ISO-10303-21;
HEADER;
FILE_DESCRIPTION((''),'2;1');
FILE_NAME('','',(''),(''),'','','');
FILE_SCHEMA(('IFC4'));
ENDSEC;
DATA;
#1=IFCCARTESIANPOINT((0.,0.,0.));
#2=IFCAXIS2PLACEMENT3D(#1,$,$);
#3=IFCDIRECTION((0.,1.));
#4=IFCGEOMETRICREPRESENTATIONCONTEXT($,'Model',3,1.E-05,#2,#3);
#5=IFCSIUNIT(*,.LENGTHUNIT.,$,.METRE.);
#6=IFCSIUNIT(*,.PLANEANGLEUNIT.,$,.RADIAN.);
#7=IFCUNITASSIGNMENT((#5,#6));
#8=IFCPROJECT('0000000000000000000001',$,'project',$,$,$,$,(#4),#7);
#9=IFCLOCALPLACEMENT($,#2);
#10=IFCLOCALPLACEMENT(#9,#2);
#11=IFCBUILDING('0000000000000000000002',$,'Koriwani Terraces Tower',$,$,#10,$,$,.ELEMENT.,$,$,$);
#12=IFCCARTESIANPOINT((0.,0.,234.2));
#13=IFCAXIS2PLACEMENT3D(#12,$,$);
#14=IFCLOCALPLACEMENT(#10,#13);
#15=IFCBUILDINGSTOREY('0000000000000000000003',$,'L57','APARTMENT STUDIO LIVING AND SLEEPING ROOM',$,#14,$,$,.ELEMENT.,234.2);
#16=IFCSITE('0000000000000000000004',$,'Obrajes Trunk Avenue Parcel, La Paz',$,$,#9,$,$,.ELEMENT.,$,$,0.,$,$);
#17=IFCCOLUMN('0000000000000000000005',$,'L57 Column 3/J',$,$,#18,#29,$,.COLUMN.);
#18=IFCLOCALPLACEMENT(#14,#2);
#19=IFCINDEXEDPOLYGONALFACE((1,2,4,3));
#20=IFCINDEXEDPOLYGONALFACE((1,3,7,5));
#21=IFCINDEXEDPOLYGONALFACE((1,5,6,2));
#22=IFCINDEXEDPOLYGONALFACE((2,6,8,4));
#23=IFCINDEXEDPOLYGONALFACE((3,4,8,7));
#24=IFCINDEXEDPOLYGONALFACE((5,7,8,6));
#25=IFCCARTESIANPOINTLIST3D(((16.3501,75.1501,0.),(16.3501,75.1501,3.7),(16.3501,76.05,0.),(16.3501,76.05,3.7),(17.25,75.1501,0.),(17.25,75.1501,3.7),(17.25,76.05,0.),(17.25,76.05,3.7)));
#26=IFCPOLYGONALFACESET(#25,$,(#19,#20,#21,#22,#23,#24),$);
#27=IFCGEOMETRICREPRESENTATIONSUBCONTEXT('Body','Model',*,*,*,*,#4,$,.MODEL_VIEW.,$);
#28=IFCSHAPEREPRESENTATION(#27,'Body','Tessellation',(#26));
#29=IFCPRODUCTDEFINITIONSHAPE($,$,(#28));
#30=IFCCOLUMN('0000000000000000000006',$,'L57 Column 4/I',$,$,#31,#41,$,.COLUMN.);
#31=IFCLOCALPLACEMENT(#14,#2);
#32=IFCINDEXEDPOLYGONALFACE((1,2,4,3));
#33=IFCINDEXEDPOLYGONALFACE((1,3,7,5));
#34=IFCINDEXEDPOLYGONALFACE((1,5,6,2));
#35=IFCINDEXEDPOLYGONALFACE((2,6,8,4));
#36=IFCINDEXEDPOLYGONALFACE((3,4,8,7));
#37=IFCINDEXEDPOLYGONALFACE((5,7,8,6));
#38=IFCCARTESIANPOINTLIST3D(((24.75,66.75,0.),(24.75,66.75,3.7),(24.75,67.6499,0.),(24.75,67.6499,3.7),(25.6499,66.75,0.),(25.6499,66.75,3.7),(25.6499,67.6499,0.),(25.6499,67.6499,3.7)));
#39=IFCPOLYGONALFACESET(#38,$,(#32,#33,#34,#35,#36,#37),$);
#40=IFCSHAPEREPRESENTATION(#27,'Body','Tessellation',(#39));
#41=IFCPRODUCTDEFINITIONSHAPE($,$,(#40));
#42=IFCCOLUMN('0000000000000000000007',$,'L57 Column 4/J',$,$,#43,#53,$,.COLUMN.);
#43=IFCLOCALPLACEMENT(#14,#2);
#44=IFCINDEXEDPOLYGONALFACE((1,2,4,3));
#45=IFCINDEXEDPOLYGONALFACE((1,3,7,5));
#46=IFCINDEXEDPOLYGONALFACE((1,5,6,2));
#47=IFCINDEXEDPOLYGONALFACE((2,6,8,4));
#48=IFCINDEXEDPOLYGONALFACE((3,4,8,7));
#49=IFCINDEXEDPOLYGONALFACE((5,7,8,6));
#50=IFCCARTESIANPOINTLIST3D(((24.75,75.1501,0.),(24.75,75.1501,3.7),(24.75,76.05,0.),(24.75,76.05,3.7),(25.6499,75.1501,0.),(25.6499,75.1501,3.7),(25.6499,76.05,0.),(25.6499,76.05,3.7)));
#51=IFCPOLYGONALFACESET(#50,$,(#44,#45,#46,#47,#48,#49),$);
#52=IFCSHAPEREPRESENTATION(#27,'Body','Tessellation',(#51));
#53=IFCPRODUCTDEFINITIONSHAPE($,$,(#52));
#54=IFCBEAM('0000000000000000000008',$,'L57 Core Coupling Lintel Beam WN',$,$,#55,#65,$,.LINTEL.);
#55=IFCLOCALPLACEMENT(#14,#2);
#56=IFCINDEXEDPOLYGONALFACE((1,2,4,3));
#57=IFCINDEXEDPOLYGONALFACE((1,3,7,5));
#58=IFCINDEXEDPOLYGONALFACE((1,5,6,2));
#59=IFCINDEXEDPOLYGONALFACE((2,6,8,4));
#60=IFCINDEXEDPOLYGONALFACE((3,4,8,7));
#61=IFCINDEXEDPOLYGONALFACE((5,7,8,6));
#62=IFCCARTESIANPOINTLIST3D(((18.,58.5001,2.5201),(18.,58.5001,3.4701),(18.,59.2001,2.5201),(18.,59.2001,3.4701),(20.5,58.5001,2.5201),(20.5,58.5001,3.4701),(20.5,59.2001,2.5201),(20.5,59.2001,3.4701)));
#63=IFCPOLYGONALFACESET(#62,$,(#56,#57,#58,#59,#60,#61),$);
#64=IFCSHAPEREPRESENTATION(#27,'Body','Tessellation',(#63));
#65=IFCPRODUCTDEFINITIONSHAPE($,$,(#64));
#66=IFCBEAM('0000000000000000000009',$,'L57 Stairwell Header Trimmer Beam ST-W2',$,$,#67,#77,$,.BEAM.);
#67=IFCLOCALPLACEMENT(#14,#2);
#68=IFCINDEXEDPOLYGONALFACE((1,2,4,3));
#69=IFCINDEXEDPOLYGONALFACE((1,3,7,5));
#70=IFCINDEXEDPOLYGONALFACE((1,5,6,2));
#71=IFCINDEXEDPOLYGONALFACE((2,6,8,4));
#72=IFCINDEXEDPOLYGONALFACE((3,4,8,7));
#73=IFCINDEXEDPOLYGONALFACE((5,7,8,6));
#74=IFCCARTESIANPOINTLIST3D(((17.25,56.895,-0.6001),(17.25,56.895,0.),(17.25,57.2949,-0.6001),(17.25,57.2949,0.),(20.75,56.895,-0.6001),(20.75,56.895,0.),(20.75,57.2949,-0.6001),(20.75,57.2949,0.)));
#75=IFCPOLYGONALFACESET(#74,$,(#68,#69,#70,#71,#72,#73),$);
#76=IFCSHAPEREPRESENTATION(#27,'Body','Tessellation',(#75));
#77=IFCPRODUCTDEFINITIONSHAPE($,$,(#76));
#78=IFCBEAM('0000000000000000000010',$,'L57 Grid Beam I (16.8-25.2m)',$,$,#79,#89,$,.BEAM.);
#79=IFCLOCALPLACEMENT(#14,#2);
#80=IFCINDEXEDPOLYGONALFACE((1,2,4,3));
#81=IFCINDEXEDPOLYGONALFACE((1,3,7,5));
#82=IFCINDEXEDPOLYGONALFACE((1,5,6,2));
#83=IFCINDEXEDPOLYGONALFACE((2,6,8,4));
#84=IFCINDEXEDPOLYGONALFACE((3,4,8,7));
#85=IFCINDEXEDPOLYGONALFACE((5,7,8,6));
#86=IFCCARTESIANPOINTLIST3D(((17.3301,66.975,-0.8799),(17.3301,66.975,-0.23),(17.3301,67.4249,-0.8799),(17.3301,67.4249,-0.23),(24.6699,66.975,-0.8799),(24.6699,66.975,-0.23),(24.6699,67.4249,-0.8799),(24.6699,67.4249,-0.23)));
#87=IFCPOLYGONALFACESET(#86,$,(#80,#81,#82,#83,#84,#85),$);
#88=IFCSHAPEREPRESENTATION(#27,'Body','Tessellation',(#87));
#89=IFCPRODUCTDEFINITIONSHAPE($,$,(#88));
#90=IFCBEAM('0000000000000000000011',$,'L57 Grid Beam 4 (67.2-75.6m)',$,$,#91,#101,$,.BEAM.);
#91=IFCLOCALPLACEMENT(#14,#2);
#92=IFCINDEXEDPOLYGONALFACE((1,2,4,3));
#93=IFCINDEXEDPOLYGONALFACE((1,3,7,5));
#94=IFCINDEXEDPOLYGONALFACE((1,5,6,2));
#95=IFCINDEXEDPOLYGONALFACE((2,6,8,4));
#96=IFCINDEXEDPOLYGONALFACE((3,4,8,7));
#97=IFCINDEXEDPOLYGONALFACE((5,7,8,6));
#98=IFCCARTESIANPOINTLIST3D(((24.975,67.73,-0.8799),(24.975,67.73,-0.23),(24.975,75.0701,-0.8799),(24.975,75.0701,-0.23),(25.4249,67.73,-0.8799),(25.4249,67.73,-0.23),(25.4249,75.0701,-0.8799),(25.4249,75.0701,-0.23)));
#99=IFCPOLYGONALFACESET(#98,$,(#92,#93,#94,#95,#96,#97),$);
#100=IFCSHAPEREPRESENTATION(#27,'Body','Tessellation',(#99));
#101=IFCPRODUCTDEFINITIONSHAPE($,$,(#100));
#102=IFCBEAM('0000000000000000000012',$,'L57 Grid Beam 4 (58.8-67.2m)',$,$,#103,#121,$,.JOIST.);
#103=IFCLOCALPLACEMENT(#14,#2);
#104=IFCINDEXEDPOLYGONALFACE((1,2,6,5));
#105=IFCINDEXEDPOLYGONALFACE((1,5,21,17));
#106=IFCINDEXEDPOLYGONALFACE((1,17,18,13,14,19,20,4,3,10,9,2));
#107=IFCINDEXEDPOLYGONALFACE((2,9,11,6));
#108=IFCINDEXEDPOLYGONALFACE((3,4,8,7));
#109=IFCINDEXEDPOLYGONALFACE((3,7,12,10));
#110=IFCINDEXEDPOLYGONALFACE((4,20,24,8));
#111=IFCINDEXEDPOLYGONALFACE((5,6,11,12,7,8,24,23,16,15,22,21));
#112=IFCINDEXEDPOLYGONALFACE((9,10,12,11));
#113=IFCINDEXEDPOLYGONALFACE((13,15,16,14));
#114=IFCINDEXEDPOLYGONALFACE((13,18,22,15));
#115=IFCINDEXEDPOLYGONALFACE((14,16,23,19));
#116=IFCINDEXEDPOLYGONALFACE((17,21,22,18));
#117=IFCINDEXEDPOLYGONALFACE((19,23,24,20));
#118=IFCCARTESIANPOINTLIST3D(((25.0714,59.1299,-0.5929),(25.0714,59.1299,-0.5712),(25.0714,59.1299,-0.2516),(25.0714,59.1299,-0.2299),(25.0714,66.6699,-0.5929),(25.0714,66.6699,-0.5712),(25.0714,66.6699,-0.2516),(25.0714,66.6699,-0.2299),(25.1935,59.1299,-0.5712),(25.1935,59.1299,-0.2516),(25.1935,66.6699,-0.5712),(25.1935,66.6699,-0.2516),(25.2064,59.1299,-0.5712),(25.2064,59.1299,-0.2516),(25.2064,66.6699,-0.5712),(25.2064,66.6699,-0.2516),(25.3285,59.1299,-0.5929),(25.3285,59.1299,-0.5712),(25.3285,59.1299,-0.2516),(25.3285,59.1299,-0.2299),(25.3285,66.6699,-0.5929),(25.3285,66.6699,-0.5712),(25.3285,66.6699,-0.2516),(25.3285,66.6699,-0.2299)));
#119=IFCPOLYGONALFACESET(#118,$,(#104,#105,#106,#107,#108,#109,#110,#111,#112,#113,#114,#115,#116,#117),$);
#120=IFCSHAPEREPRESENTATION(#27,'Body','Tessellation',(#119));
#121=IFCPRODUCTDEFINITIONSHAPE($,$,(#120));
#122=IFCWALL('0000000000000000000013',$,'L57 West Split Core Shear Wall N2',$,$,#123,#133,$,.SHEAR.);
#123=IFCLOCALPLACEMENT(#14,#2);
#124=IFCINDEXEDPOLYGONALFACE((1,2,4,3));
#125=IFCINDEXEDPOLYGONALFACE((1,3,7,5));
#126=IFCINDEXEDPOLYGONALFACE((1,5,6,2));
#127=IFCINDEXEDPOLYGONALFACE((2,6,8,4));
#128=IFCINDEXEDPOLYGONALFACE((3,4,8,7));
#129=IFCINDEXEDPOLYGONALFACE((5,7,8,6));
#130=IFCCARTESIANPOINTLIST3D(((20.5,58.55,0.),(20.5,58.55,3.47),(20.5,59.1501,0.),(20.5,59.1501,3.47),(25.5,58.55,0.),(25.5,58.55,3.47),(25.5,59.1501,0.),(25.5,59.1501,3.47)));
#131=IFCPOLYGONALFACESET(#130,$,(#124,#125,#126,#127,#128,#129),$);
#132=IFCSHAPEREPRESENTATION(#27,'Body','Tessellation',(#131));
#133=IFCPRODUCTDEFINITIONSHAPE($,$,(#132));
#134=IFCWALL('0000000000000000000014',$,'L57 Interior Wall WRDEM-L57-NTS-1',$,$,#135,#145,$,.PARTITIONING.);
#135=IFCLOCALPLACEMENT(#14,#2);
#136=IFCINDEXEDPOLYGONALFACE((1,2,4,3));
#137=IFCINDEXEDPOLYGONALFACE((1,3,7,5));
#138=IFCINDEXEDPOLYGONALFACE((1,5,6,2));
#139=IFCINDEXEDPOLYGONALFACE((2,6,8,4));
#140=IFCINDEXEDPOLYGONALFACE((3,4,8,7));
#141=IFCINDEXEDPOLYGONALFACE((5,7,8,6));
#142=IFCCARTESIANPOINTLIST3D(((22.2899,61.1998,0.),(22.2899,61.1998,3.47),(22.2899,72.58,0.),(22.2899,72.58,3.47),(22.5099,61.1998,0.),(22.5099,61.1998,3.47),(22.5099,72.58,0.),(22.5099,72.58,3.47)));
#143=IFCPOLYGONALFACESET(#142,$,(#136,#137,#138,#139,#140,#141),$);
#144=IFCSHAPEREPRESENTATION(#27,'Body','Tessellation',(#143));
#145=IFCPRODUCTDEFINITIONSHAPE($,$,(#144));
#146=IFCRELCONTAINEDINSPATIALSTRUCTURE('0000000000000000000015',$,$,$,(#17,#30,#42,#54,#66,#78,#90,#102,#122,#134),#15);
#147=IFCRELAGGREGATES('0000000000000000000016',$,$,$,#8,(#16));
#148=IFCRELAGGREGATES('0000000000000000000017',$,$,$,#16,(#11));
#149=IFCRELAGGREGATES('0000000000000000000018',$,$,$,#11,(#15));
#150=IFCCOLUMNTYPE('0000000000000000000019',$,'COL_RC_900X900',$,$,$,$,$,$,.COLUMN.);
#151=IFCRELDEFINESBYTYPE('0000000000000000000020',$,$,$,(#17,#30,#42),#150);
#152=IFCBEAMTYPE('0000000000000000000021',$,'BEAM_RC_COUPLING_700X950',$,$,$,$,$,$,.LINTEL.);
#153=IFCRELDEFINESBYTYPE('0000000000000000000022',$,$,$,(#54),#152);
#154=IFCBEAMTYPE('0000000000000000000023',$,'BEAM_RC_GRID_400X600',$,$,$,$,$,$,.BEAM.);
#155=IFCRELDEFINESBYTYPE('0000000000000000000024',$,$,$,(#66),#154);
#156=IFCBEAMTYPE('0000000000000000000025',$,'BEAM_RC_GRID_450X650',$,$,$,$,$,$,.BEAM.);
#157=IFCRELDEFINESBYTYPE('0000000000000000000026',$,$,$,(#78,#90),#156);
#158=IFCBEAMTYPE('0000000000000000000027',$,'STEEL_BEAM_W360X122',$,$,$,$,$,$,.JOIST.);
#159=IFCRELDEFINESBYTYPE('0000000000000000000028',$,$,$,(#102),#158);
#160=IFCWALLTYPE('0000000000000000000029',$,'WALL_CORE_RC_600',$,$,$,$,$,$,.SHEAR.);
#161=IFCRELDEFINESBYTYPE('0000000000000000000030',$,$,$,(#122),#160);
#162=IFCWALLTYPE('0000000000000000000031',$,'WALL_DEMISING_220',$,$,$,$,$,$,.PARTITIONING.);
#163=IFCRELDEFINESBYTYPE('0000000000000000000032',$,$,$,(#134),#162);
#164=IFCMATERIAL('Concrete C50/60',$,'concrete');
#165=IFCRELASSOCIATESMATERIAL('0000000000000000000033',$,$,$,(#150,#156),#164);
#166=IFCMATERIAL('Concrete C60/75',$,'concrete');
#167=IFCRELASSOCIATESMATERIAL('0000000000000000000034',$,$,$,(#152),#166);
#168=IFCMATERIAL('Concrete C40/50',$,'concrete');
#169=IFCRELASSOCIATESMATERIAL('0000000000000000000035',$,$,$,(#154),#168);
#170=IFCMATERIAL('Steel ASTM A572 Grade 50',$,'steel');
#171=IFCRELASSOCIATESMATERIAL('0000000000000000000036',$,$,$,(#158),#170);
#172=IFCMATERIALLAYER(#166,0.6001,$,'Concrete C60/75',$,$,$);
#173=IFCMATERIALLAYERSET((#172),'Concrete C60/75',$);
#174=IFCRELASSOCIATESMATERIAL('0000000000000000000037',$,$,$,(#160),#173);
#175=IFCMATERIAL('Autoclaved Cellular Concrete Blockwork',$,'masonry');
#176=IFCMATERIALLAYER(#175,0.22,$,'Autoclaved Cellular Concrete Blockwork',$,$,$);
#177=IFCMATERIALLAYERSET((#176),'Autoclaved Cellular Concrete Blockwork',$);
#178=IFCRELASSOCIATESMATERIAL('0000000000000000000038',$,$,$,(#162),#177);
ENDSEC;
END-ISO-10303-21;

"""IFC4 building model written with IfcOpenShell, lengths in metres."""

from ifc_helpers import new_model, si_unit, direction, frame, frame_2d, origin, origin_2d, place, context, subcontext, project, spatial, rectangle, i_section, extrude, material, layer, layer_set, material_profile, profile_set, type_object, element, save


model = new_model("IFC4")

# Units and contexts
model_context = context("Model", 3, precision=1e-05, world=origin(), true_north=direction((0.0, 1.0)))
body_context = subcontext(model_context, "Body", "Model", "MODEL_VIEW")
ifc_project = project(units=[si_unit("LENGTHUNIT", "METRE"), si_unit("PLANEANGLEUNIT", "RADIAN")], contexts=[model_context])

# Site, building, storey
site_placement = place(None, origin())
site = spatial("IfcSite", under=ifc_project, at=site_placement, Name="Obrajes Trunk Avenue Parcel, La Paz", CompositionType="ELEMENT", RefElevation=0.0)
building_placement = place(site_placement, origin())
building = spatial("IfcBuilding", under=site, at=building_placement, Name="Koriwani Terraces Tower", CompositionType="ELEMENT")
storey_placement = place(building_placement, frame((0.0, 0.0, 234.2)))
storey = spatial("IfcBuildingStorey", under=building, at=storey_placement, Name="L57", Description="APARTMENT STUDIO LIVING AND SLEEPING ROOM", CompositionType="ELEMENT", Elevation=234.2)

# Columns
ifc_material_1 = material(Name="Concrete C50/60", Category="concrete")
ifc_material_profile_1 = material_profile(ifc_material_1, rectangle(XDim=0.8999, YDim=0.8999, at=origin_2d()), Name="Concrete C50/60", Category="LoadBearing")
ifc_profile_set_1 = profile_set([ifc_material_profile_1], Name="Concrete C50/60")
column_type = type_object("IfcColumnType", Name="COL_RC_900X900", PredefinedType="COLUMN", material=ifc_profile_set_1)
for number, where, z_axis, x_axis, name in (
    (1, (16.8, 75.6001, 0.0), (0.0, 0.0, 1.0), (1.0, 0.0, 0.0), "L57 Column 3/J"),
    (2, (25.2, 67.2, 0.0), (0.0, 0.0, 1.0), (1.0, 0.0, 0.0), "L57 Column 4/I"),
    (3, (25.2, 75.6001, 0.0), (0.0, 0.0, 1.0), (1.0, 0.0, 0.0), "L57 Column 4/J"),
):
    element("IfcColumn", number, at=place(storey_placement, frame(where, z_axis=z_axis, x_axis=x_axis)), inside=storey, type_object=column_type, Name=name, PredefinedType="COLUMN", context=body_context, shape_type="SweptSolid", body=[
        extrude(rectangle(XDim=0.8999, YDim=0.8999, at=origin_2d()), origin(), (0.0, 0.0, 1.0), 3.7),
    ])

# Beams
ifc_material_2 = material(Name="Concrete C60/75", Category="concrete")
ifc_material_profile_2 = material_profile(ifc_material_2, rectangle(XDim=0.7, YDim=0.95, at=origin_2d()), Name="Concrete C60/75", Category="LoadBearing")
ifc_profile_set_2 = profile_set([ifc_material_profile_2], Name="Concrete C60/75")
beam_type_1 = type_object("IfcBeamType", Name="BEAM_RC_COUPLING_700X950", PredefinedType="LINTEL", material=ifc_profile_set_2)
beam_1_placement = place(storey_placement, frame((18.0, 58.8501, 2.9951), z_axis=(1.0, 0.0, 0.0), x_axis=(0.0, 1.0, 0.0)))
element("IfcBeam", 4, at=beam_1_placement, inside=storey, type_object=beam_type_1, Name="L57 Core Coupling Lintel Beam WN", PredefinedType="LINTEL", context=body_context, shape_type="SweptSolid", body=[
    extrude(rectangle(XDim=0.7, YDim=0.95, at=origin_2d()), origin(), (0.0, 0.0, 1.0), 2.5),
])
ifc_material_3 = material(Name="Concrete C40/50", Category="concrete")
ifc_material_profile_3 = material_profile(ifc_material_3, rectangle(XDim=0.3999, YDim=0.6001, at=origin_2d()), Name="Concrete C40/50", Category="LoadBearing")
ifc_profile_set_3 = profile_set([ifc_material_profile_3], Name="Concrete C40/50")
beam_type_2 = type_object("IfcBeamType", Name="BEAM_RC_GRID_400X600", PredefinedType="BEAM", material=ifc_profile_set_3)
beam_2_placement = place(storey_placement, frame((17.25, 57.095, -0.3), z_axis=(1.0, 0.0, 0.0), x_axis=(0.0, 1.0, 0.0)))
element("IfcBeam", 5, at=beam_2_placement, inside=storey, type_object=beam_type_2, Name="L57 Stairwell Header Trimmer Beam ST-W2", PredefinedType="BEAM", context=body_context, shape_type="SweptSolid", body=[
    extrude(rectangle(XDim=0.3999, YDim=0.6001, at=origin_2d()), origin(), (0.0, 0.0, 1.0), 3.5),
])
ifc_material_profile_4 = material_profile(ifc_material_1, rectangle(XDim=0.45, YDim=0.6499, at=origin_2d()), Name="Concrete C50/60", Category="LoadBearing")
ifc_profile_set_4 = profile_set([ifc_material_profile_4], Name="Concrete C50/60")
beam_type_3 = type_object("IfcBeamType", Name="BEAM_RC_GRID_450X650", PredefinedType="BEAM", material=ifc_profile_set_4)
beam_3_placement = place(storey_placement, frame((17.3301, 67.2, -0.5549), z_axis=(1.0, 0.0, 0.0), x_axis=(0.0, 1.0, 0.0)))
element("IfcBeam", 6, at=beam_3_placement, inside=storey, type_object=beam_type_3, Name="L57 Grid Beam I (16.8-25.2m)", PredefinedType="BEAM", context=body_context, shape_type="SweptSolid", body=[
    extrude(rectangle(XDim=0.45, YDim=0.6499, at=origin_2d()), origin(), (0.0, 0.0, 1.0), 7.3398),
])
beam_4_placement = place(storey_placement, frame((25.2, 67.73, -0.5549), z_axis=(0.0, 1.0, 0.0), x_axis=(-1.0, 0.0, 0.0)))
element("IfcBeam", 7, at=beam_4_placement, inside=storey, type_object=beam_type_3, Name="L57 Grid Beam 4 (67.2-75.6m)", PredefinedType="BEAM", context=body_context, shape_type="SweptSolid", body=[
    extrude(rectangle(XDim=0.45, YDim=0.6499, at=origin_2d()), origin(), (0.0, 0.0, 1.0), 7.3401),
])
ifc_material_4 = material(Name="Steel ASTM A572 Grade 50", Category="steel")
ifc_material_profile_5 = material_profile(ifc_material_4, i_section(OverallWidth=0.2571, OverallDepth=0.363, WebThickness=0.0129, FlangeThickness=0.0217, at=origin_2d()), Name="Steel ASTM A572 Grade 50", Category="LoadBearing")
ifc_profile_set_5 = profile_set([ifc_material_profile_5], Name="Steel ASTM A572 Grade 50")
beam_type_4 = type_object("IfcBeamType", Name="STEEL_BEAM_W360X122", PredefinedType="JOIST", material=ifc_profile_set_5)
beam_5_placement = place(storey_placement, frame((25.2, 59.1299, -0.4114), z_axis=(0.0, 1.0, 0.0), x_axis=(-1.0, 0.0, 0.0)))
element("IfcBeam", 8, at=beam_5_placement, inside=storey, type_object=beam_type_4, Name="L57 Grid Beam 4 (58.8-67.2m)", PredefinedType="JOIST", context=body_context, shape_type="SweptSolid", body=[
    extrude(i_section(OverallWidth=0.2571, OverallDepth=0.363, WebThickness=0.0129, FlangeThickness=0.0217, at=origin_2d()), origin(), (0.0, 0.0, 1.0), 7.54),
])

# Walls
ifc_layer_1 = layer(ifc_material_2, 0.6001, Name="Concrete C60/75")
ifc_layer_set_1 = layer_set([ifc_layer_1], Name="Concrete C60/75")
wall_type_1 = type_object("IfcWallType", Name="WALL_CORE_RC_600", PredefinedType="SHEAR", material=ifc_layer_set_1)
wall_1_placement = place(storey_placement, frame((20.5, 58.8501, 0.0), z_axis=(0.0, 0.0, 1.0), x_axis=(1.0, 0.0, 0.0)))
element("IfcWall", 9, at=wall_1_placement, inside=storey, type_object=wall_type_1, Name="L57 West Split Core Shear Wall N2", PredefinedType="SHEAR", context=body_context, shape_type="SweptSolid", body=[
    extrude(rectangle(XDim=5.0, YDim=0.6001, at=frame_2d((2.5, 0.0))), origin(), (0.0, 0.0, 1.0), 3.47),
])
ifc_material_5 = material(Name="Autoclaved Cellular Concrete Blockwork", Category="masonry")
ifc_layer_2 = layer(ifc_material_5, 0.22, Name="Autoclaved Cellular Concrete Blockwork")
ifc_layer_set_2 = layer_set([ifc_layer_2], Name="Autoclaved Cellular Concrete Blockwork")
wall_type_2 = type_object("IfcWallType", Name="WALL_DEMISING_220", PredefinedType="PARTITIONING", material=ifc_layer_set_2)
wall_2_placement = place(storey_placement, frame((22.3999, 61.2, 0.0), z_axis=(0.0, 0.0, 1.0), x_axis=(0.0, 1.0, 0.0)))
element("IfcWall", 10, at=wall_2_placement, inside=storey, type_object=wall_type_2, Name="L57 Interior Wall WRDEM-L57-NTS-1", PredefinedType="PARTITIONING", context=body_context, shape_type="SweptSolid", body=[
    extrude(rectangle(XDim=11.3801, YDim=0.22, at=frame_2d((5.6899, 0.0))), origin(), (0.0, 0.0, 1.0), 3.47),
])

save(model, "model.ifc")
